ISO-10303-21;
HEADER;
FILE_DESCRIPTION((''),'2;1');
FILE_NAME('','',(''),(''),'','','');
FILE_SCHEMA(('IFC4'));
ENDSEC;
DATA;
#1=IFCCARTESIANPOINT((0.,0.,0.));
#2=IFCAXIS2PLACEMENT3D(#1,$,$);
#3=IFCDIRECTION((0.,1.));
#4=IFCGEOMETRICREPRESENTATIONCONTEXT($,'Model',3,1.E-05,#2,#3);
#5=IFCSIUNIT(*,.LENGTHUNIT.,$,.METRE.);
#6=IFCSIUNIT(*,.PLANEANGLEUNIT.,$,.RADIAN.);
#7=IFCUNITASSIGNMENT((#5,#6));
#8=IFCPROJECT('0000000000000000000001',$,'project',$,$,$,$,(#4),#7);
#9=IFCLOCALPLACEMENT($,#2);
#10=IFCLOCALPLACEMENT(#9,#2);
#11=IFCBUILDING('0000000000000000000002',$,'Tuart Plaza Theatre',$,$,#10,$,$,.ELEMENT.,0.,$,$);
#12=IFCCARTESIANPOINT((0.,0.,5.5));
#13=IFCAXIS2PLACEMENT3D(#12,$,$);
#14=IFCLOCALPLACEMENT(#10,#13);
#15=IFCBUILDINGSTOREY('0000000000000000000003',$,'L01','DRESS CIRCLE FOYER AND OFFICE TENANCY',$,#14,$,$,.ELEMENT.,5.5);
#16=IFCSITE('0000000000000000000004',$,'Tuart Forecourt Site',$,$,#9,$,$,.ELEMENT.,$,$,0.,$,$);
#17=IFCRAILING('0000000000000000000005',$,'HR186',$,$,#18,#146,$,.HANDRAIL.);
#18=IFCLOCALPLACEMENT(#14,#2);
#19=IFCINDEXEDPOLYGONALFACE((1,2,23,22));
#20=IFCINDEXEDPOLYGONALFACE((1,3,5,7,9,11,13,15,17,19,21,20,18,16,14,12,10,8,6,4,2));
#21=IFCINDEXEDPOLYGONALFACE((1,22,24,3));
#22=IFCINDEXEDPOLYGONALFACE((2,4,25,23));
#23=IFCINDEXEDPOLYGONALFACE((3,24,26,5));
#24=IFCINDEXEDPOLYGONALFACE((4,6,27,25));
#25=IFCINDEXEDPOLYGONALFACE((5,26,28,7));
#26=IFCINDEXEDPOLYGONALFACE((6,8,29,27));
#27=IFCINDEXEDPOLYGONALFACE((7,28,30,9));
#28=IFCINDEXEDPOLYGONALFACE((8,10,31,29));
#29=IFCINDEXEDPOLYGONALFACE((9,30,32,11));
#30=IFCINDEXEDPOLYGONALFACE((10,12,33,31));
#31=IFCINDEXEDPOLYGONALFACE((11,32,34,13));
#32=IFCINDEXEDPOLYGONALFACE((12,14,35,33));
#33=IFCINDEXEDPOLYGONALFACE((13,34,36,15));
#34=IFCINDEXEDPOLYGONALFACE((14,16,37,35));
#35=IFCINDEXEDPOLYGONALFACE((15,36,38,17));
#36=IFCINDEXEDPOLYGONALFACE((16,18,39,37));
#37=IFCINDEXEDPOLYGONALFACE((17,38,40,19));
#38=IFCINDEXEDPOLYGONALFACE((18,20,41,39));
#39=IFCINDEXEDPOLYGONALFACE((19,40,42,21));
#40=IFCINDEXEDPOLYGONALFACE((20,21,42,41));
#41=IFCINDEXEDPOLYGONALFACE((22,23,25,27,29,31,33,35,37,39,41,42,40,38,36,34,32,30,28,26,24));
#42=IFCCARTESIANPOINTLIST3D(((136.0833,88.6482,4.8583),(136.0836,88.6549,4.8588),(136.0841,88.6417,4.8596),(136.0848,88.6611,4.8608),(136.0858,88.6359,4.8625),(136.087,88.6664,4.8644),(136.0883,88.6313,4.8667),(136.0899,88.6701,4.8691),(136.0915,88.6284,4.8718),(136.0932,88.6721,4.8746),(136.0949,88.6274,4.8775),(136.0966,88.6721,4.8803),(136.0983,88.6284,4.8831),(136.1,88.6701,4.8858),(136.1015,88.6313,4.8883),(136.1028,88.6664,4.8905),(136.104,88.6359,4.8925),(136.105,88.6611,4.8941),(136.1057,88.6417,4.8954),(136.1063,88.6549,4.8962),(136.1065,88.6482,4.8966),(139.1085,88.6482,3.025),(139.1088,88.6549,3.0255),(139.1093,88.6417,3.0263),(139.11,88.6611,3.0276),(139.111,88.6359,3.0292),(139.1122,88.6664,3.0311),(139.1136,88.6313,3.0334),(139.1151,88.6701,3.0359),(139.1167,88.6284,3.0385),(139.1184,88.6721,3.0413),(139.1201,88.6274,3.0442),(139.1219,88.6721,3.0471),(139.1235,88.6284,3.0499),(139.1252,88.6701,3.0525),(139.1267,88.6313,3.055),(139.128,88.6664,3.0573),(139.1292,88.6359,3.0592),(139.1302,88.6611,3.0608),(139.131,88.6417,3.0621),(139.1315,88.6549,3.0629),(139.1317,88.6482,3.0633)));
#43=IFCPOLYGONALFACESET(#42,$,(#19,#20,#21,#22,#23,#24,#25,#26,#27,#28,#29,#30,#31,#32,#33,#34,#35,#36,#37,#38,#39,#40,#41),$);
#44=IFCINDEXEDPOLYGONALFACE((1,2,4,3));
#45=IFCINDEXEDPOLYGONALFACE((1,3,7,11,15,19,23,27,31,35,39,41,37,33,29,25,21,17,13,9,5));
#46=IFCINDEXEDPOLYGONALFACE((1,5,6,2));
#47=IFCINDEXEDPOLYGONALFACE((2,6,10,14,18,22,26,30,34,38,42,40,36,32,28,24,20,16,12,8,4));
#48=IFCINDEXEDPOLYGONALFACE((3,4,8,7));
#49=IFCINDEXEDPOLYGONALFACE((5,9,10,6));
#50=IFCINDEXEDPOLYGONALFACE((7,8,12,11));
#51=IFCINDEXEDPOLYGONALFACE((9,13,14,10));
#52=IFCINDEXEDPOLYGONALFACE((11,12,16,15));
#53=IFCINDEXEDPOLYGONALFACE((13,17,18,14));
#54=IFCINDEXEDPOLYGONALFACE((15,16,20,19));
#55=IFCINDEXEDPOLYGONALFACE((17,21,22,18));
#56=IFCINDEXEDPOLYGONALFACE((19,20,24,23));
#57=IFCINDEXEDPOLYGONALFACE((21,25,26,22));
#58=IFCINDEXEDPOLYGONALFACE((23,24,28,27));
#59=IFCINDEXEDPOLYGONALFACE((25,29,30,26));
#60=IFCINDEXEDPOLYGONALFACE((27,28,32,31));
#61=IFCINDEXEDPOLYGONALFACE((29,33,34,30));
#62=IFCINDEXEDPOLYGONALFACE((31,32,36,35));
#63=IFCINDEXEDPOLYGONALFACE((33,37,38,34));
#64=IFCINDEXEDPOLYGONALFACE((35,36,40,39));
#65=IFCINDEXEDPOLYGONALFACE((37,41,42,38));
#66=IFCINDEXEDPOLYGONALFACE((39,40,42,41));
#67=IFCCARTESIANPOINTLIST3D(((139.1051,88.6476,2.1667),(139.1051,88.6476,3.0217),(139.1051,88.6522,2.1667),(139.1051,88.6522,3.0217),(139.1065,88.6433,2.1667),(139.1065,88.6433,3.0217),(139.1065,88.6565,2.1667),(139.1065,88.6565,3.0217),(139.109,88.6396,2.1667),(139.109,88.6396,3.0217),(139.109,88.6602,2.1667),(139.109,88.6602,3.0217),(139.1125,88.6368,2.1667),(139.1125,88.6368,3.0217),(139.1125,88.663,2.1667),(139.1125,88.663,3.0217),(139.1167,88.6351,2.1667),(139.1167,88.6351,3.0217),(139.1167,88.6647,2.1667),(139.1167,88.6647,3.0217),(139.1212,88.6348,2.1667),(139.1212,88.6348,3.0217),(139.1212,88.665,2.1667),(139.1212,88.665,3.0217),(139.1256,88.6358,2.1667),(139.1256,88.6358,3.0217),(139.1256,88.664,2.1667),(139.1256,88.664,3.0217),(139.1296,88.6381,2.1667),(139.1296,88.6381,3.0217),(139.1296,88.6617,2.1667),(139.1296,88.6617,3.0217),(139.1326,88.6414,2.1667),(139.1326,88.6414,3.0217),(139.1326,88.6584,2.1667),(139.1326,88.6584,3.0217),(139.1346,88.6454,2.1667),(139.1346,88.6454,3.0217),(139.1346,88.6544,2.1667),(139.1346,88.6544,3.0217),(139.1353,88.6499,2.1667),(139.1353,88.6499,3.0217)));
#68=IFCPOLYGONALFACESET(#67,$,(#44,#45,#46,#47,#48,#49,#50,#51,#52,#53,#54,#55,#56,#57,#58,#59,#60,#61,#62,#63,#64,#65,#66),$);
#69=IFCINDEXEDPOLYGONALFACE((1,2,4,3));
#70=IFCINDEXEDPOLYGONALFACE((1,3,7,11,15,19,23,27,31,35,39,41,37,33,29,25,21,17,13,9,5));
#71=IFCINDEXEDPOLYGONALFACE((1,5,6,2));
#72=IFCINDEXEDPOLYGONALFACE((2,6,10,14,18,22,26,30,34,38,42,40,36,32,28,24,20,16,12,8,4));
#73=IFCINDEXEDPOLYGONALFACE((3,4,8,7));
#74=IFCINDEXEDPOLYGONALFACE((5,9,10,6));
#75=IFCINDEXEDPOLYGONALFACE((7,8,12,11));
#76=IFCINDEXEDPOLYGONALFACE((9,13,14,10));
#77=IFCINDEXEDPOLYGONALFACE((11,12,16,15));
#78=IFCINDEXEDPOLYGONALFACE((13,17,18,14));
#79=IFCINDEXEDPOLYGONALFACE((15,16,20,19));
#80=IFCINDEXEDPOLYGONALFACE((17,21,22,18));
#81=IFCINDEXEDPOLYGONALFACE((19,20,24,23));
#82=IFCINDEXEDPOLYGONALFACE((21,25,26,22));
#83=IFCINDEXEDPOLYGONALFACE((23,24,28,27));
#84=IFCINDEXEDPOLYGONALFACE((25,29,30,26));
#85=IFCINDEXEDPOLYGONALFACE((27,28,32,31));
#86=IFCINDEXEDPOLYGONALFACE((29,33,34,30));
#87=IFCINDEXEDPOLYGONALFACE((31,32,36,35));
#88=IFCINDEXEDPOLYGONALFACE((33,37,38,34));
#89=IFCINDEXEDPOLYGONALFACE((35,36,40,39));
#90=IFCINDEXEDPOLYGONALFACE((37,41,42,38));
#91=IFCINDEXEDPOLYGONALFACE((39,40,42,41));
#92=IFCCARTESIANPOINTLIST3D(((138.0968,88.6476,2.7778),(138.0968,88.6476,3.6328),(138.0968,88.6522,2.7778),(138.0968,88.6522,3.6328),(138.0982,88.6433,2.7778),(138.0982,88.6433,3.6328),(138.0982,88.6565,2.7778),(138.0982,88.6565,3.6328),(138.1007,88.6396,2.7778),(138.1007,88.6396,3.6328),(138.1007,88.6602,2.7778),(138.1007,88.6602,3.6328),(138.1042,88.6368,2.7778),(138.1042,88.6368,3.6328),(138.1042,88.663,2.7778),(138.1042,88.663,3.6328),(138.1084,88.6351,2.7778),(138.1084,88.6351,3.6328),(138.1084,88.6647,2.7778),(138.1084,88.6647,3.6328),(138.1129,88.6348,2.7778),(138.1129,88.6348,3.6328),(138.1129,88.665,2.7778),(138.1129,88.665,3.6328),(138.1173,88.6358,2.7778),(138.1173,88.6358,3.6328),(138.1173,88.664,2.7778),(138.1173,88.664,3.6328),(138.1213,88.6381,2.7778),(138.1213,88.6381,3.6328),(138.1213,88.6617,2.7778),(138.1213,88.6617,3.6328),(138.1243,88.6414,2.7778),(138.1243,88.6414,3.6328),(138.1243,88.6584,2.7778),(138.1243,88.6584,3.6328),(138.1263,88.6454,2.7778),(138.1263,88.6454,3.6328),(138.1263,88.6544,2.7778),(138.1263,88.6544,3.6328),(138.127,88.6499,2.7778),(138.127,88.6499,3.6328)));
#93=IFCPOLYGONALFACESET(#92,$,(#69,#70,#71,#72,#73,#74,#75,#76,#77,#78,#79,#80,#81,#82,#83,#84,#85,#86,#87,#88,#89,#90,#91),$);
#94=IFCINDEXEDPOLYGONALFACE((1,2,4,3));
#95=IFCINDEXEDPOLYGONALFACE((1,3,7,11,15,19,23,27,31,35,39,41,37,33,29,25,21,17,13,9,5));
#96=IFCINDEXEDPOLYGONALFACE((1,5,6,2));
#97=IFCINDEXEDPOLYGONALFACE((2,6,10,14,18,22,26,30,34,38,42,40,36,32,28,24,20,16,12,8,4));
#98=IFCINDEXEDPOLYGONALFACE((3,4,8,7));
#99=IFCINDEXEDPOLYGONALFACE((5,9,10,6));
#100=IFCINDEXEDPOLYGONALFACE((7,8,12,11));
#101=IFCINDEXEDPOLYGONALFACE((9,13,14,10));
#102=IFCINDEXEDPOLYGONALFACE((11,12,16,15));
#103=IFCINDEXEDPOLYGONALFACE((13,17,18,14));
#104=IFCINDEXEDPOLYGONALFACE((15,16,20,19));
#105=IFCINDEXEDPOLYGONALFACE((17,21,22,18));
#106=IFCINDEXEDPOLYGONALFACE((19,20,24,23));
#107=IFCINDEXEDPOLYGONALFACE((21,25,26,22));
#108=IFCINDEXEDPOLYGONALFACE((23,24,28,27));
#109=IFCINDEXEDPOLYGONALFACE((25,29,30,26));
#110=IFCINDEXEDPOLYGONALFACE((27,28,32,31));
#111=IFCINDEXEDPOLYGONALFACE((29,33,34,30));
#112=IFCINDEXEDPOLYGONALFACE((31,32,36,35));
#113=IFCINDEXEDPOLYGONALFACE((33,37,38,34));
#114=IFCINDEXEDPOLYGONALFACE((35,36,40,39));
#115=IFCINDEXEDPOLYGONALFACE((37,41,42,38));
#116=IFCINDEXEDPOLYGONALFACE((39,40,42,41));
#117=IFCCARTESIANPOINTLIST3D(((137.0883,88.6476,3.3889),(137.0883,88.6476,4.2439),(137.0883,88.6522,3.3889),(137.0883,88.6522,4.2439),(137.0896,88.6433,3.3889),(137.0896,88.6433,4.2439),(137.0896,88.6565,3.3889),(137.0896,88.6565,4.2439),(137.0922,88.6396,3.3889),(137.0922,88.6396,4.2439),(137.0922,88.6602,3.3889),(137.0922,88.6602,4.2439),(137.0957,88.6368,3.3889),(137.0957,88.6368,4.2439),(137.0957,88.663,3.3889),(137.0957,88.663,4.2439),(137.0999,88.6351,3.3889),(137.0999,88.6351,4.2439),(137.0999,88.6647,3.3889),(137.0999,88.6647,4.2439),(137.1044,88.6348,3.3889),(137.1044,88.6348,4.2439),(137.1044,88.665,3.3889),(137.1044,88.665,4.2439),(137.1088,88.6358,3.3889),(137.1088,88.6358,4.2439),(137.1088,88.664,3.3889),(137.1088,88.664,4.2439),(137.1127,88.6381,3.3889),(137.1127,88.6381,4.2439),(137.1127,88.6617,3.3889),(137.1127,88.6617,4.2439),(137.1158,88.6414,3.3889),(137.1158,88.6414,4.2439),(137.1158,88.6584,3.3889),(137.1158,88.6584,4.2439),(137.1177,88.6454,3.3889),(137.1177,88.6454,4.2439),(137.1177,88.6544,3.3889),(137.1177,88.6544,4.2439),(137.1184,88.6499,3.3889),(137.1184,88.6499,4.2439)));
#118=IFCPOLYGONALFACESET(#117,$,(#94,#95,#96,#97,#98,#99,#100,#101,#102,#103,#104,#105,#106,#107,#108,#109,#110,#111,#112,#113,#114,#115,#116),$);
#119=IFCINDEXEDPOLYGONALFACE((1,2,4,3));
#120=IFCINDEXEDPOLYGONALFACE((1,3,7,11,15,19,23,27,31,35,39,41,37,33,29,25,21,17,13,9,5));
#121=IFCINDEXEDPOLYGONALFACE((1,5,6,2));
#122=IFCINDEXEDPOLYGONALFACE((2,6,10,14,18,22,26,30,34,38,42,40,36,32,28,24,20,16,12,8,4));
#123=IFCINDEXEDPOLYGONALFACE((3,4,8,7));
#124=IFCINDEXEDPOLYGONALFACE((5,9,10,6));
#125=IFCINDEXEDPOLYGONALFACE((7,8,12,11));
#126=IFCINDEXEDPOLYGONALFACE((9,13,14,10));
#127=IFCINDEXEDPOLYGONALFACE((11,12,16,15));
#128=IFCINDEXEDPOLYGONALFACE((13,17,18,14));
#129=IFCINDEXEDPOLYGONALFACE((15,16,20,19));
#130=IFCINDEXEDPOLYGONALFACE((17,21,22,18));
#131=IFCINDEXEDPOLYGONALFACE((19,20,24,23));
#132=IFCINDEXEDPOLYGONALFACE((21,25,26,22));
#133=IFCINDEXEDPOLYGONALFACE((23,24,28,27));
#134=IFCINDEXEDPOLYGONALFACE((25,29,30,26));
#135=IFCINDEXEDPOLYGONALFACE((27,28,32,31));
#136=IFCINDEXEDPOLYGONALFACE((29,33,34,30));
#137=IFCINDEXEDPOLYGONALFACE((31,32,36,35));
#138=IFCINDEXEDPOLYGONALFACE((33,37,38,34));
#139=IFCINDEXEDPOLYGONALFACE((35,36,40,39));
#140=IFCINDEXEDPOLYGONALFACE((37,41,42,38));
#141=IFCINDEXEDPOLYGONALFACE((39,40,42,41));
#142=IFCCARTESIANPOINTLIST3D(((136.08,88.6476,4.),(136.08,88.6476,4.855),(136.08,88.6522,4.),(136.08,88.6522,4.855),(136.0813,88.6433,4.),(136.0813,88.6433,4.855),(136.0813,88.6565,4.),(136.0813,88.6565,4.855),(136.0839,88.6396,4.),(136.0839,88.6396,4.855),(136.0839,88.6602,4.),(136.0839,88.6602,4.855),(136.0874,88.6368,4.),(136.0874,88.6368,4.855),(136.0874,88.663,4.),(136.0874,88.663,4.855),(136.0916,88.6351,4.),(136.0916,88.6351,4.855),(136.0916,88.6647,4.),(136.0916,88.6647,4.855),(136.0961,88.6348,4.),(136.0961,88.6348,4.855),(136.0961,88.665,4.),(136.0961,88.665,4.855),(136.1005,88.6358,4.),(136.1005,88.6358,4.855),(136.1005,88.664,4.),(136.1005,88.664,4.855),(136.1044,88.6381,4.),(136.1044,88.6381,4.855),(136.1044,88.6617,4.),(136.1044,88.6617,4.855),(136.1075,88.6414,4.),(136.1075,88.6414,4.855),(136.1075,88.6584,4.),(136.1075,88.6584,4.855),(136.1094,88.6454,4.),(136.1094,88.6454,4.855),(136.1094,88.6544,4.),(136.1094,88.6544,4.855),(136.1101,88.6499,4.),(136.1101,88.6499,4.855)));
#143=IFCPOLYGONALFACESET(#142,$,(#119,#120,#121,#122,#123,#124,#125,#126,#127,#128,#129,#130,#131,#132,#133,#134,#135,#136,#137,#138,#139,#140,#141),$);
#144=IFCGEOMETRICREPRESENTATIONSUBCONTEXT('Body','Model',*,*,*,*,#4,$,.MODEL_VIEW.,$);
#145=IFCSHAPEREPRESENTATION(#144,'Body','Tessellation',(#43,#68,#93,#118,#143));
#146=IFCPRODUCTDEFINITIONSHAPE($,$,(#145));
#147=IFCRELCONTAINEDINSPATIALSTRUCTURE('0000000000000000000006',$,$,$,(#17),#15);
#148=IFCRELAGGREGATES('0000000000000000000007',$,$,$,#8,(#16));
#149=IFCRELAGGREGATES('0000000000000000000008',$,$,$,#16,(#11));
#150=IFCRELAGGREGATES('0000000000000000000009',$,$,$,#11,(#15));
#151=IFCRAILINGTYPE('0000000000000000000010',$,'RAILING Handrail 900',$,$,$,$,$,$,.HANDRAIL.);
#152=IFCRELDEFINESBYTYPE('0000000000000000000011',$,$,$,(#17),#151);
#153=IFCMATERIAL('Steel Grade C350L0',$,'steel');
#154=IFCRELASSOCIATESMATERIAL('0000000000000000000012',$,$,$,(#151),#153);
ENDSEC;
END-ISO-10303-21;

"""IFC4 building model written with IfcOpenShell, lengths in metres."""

from ifc_helpers import new_model, si_unit, direction, frame, origin, origin_2d, place, context, subcontext, project, spatial, circle, extrude, material, type_object, element, save


model = new_model("IFC4")

# Units and contexts
model_context = context("Model", 3, precision=1e-05, world=origin(), true_north=direction((0.0, 1.0)))
body_context = subcontext(model_context, "Body", "Model", "MODEL_VIEW")
ifc_project = project(units=[si_unit("LENGTHUNIT", "METRE"), si_unit("PLANEANGLEUNIT", "RADIAN")], contexts=[model_context])

# Site, building, storey
site_placement = place(None, origin())
site = spatial("IfcSite", under=ifc_project, at=site_placement, Name="Tuart Forecourt Site", CompositionType="ELEMENT", RefElevation=0.0)
building_placement = place(site_placement, origin())
building = spatial("IfcBuilding", under=site, at=building_placement, Name="Tuart Plaza Theatre", CompositionType="ELEMENT", ElevationOfRefHeight=0.0)
storey_placement = place(building_placement, frame((0.0, 0.0, 5.5)))
storey = spatial("IfcBuildingStorey", under=building, at=storey_placement, Name="L01", Description="DRESS CIRCLE FOYER AND OFFICE TENANCY", CompositionType="ELEMENT", Elevation=5.5)

# Railing
ifc_material_1 = material(Name="Steel Grade C350L0", Category="steel")
railing_type_1 = type_object("IfcRailingType", Name="RAILING Handrail 900", PredefinedType="HANDRAIL", material=ifc_material_1)
for number, where, name in (
    (1, (139.1201, 88.6499, 2.1667), "HR186"),
):
    element("IfcRailing", number, at=place(storey_placement, frame(where)), inside=storey, type_object=railing_type_1, Name=name, PredefinedType="HANDRAIL", context=body_context, shape_type="SweptSolid", body=[
        extrude(circle(Radius=0.0225, at=origin_2d()), frame((0.0, 0.0, 0.8774), z_axis=(-0.855219, 0.0, 0.518267), x_axis=(0.0, -1.0, 0.0)), (0.0, 0.0, 1.0), 3.5374),
        extrude(circle(Radius=0.0151, at=origin_2d()), origin(), (0.0, 0.0, 1.0), 0.855),
        extrude(circle(Radius=0.0151, at=origin_2d()), frame((-1.0083, 0.0, 0.6111)), (0.0, 0.0, 1.0), 0.855),
        extrude(circle(Radius=0.0151, at=origin_2d()), frame((-2.0168, 0.0, 1.2222)), (0.0, 0.0, 1.0), 0.855),
        extrude(circle(Radius=0.0151, at=origin_2d()), frame((-3.0251, 0.0, 1.8333)), (0.0, 0.0, 1.0), 0.855),
    ])

save(model, "model.ifc")
